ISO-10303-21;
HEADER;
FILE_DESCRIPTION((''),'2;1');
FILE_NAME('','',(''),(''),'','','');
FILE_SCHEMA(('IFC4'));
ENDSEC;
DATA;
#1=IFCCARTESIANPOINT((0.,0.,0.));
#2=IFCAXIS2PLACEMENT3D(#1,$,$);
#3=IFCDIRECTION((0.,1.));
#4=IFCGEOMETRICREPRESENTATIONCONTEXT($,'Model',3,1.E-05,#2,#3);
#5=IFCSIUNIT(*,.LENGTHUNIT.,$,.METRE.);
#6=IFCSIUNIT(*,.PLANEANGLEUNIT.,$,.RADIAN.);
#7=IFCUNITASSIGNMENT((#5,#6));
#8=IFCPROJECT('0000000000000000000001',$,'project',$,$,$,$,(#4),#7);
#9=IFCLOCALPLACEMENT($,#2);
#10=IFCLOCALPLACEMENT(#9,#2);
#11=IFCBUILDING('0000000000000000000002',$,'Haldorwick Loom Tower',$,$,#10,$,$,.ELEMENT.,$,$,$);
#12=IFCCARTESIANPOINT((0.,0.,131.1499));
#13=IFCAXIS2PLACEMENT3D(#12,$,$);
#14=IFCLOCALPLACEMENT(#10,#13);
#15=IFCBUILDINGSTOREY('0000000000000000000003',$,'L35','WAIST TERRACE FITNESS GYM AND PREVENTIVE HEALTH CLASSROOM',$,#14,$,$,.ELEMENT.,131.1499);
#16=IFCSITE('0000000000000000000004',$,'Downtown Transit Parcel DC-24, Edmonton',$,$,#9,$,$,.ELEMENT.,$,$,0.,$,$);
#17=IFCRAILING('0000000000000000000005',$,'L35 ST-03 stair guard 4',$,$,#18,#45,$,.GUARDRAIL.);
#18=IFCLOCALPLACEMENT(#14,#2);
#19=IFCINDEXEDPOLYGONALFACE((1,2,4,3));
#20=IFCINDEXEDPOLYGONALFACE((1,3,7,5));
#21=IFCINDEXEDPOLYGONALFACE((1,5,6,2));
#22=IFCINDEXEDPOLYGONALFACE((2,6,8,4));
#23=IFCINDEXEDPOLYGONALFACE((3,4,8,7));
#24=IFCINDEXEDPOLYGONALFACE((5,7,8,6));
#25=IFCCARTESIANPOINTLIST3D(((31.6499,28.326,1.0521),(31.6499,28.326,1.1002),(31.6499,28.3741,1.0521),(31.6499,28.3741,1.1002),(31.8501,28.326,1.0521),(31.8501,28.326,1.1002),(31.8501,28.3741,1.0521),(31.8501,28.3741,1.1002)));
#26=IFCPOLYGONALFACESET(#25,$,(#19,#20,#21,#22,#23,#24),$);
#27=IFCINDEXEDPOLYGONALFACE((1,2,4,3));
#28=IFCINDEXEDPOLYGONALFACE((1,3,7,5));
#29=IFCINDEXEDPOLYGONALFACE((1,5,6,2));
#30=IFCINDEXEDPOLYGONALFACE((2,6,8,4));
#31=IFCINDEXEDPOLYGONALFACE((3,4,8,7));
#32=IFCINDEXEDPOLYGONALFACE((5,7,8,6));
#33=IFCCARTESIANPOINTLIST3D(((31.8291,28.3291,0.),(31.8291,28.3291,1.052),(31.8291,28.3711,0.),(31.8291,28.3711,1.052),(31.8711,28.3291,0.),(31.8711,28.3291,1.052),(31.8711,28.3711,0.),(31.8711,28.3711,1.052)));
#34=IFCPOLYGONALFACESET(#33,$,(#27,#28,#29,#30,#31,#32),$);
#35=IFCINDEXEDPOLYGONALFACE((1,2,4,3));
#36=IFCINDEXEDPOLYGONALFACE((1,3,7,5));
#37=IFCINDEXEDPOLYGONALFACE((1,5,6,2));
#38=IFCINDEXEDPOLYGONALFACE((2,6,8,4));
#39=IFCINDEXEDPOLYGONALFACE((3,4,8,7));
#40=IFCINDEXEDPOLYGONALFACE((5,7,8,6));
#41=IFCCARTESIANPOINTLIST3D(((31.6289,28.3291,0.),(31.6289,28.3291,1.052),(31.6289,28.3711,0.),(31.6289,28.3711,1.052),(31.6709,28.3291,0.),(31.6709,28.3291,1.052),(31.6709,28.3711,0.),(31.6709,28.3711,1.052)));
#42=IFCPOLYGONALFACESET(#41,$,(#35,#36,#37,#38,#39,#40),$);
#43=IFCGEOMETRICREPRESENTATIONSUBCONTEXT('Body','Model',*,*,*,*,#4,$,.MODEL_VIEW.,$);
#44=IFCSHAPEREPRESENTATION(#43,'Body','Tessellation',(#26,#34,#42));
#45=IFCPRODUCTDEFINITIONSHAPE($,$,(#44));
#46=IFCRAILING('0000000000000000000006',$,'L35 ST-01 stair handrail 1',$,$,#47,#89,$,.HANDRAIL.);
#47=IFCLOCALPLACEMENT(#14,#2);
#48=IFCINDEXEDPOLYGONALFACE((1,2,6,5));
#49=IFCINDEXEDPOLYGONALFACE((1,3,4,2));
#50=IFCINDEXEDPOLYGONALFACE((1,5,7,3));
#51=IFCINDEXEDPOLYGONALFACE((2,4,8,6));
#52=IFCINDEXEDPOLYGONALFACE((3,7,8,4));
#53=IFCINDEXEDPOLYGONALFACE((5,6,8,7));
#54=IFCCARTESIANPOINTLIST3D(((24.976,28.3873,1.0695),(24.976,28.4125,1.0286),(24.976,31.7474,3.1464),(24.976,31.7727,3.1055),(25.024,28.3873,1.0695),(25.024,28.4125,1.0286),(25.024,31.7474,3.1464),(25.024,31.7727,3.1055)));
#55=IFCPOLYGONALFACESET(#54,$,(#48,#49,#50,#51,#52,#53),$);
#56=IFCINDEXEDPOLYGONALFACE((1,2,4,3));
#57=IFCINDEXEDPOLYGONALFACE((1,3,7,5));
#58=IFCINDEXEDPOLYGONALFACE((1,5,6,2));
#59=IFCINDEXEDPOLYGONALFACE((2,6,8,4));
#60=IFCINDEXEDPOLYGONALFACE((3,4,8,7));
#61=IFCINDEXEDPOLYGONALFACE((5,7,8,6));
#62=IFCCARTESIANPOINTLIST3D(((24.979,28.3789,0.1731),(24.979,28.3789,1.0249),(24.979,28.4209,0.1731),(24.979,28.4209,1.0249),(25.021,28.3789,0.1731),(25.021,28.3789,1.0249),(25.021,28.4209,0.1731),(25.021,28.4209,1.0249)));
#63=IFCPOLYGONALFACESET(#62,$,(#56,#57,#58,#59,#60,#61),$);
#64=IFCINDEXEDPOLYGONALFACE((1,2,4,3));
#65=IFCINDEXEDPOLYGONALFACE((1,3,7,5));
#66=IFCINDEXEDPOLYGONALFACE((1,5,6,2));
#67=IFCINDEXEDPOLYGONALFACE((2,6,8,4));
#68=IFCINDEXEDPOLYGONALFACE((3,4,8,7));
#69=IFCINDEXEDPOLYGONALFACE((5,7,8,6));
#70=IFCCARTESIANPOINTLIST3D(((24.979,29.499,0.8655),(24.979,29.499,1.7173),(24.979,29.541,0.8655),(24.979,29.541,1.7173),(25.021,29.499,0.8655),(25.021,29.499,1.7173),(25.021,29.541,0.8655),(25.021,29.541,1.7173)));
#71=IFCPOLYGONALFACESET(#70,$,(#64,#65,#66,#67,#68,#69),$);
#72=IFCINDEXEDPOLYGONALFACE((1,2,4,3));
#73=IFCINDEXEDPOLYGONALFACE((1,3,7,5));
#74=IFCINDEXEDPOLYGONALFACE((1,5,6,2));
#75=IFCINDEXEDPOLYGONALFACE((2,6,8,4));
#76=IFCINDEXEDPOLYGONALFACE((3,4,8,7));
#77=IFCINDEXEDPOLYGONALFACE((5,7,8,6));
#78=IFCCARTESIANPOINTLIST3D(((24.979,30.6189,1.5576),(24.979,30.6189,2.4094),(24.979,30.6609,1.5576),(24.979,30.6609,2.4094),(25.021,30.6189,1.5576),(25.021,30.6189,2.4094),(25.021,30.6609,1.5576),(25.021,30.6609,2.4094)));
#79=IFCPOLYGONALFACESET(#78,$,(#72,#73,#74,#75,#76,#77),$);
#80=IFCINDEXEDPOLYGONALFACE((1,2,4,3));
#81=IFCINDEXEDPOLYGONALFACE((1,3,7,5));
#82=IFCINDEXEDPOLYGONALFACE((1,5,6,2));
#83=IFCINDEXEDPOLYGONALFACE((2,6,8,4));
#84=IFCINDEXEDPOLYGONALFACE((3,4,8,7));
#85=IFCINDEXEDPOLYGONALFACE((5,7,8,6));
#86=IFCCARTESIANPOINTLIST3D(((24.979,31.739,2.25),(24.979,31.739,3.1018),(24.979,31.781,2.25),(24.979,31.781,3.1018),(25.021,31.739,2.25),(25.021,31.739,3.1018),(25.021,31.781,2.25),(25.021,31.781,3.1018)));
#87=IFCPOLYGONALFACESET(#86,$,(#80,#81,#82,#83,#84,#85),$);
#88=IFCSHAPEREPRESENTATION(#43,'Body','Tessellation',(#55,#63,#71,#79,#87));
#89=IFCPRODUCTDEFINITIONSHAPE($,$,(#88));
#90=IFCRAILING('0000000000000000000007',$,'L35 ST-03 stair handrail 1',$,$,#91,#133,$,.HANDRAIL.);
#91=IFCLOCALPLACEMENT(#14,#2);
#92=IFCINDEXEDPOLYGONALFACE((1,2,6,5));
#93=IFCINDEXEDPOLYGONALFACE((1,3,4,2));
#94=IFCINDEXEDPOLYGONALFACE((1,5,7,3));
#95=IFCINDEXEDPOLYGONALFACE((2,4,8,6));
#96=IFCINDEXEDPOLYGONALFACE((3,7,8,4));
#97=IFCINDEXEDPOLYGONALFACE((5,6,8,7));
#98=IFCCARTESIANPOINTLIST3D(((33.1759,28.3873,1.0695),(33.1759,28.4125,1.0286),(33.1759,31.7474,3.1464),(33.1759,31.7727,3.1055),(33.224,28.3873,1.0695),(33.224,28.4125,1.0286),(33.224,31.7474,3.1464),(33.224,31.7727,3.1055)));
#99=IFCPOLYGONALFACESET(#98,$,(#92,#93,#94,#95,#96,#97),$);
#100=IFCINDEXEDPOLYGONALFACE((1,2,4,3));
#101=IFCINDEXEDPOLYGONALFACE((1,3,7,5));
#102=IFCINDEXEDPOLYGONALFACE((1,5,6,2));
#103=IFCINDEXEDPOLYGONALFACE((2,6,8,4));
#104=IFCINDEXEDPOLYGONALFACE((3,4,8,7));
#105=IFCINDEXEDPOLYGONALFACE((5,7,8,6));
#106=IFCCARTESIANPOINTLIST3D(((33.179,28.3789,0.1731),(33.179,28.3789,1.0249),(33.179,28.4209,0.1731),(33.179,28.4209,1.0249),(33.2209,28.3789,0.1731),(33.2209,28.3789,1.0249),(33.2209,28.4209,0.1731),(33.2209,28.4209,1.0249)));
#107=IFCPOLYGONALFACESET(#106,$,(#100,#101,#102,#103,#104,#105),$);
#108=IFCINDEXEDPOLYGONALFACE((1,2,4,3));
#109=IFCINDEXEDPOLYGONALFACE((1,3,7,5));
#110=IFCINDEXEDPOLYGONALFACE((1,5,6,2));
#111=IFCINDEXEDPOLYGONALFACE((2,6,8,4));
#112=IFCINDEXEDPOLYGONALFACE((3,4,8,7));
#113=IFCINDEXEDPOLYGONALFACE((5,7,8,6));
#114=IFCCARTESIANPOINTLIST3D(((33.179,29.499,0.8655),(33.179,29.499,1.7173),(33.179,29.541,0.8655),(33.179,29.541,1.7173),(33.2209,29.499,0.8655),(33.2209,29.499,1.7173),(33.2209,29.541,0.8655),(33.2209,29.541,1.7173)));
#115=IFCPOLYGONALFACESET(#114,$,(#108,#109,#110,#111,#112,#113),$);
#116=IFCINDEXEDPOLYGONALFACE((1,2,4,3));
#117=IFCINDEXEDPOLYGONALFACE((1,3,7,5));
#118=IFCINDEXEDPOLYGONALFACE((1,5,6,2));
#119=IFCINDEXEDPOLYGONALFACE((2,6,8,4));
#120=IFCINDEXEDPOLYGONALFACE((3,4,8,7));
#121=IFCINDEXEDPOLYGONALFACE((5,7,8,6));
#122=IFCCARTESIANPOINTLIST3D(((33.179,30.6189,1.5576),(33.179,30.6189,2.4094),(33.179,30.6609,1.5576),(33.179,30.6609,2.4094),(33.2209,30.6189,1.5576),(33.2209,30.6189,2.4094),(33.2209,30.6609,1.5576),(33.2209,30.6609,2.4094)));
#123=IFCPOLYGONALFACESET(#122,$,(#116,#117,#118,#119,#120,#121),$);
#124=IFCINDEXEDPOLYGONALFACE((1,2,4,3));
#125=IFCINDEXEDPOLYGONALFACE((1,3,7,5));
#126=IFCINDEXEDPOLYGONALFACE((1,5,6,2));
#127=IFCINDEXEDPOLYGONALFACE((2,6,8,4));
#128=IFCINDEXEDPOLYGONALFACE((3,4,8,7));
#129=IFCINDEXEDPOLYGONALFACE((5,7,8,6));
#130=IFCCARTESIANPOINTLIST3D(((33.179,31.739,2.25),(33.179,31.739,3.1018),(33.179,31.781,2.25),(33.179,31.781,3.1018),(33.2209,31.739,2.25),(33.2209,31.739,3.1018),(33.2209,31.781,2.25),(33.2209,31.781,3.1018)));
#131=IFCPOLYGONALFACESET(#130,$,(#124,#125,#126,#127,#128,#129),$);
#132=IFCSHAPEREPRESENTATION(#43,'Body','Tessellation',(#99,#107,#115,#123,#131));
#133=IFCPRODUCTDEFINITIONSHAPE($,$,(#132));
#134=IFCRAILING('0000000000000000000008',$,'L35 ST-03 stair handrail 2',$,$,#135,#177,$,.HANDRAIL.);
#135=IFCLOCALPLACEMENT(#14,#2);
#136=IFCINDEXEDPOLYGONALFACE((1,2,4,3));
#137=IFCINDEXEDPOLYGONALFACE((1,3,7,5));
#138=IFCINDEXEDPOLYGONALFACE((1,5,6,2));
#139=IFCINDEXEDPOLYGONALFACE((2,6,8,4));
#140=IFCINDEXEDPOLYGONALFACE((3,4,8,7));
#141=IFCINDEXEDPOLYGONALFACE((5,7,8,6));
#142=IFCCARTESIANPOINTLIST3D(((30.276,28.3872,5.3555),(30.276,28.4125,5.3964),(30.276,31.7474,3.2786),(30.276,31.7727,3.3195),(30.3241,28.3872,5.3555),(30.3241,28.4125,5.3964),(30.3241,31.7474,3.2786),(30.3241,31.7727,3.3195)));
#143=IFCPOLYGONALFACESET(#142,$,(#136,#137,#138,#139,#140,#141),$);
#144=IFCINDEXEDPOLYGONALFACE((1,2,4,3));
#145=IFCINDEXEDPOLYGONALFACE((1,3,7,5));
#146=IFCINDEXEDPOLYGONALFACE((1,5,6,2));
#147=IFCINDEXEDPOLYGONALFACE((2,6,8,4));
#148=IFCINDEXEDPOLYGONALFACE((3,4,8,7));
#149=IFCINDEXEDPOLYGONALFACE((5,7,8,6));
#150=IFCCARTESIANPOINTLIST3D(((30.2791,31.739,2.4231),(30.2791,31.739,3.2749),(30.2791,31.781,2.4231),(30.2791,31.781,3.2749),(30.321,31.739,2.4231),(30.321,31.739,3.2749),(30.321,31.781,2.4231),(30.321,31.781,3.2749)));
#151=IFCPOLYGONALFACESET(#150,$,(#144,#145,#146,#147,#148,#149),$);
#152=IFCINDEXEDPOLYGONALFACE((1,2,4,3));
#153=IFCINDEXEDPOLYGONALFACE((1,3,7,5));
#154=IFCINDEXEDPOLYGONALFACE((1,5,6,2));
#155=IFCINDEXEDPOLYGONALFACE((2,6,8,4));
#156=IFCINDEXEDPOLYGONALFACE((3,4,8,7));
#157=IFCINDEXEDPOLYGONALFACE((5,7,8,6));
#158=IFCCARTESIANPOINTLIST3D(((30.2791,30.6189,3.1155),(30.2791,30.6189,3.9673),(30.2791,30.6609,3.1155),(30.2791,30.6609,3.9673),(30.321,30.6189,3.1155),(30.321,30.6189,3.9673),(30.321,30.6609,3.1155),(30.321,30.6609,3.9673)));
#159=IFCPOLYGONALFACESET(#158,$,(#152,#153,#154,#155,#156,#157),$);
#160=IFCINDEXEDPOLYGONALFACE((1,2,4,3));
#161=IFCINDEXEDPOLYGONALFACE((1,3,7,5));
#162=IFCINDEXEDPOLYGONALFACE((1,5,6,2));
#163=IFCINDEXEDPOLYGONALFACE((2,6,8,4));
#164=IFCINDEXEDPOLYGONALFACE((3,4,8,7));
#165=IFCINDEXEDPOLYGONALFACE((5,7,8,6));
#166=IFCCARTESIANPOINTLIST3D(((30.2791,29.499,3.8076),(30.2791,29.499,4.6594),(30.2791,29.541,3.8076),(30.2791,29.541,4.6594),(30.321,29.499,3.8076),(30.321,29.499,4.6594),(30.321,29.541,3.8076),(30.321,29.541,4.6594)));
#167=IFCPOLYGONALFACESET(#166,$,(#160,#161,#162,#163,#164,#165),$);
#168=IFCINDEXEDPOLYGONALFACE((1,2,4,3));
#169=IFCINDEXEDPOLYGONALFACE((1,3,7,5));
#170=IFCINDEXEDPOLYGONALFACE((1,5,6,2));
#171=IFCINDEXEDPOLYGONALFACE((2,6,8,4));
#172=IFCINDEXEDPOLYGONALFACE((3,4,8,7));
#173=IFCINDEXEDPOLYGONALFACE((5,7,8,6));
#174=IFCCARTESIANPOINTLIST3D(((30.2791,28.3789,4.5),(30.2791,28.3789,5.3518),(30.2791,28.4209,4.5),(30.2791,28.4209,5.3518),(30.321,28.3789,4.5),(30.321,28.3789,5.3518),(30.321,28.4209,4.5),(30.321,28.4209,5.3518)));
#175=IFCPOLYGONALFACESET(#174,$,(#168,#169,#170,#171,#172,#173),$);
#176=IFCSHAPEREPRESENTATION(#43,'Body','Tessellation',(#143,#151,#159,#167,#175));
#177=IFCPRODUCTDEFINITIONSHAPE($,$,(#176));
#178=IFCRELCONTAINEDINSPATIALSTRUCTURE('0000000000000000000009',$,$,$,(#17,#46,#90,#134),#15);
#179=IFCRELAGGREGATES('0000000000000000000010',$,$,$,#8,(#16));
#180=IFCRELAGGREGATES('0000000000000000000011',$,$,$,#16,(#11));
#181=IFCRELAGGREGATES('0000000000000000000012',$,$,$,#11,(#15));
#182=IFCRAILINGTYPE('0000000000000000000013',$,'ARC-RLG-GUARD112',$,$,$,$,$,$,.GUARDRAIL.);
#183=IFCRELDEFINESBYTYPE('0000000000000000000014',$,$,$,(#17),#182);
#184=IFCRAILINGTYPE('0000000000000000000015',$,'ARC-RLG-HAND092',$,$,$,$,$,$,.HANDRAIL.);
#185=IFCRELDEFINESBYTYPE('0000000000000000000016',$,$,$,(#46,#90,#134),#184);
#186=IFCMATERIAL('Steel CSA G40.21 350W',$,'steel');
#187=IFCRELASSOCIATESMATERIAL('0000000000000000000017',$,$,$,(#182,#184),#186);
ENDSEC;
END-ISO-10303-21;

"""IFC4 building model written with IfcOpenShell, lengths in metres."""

from ifc_helpers import new_model, si_unit, direction, frame, origin, origin_2d, place, context, subcontext, project, spatial, rectangle, extrude, material, type_object, element, save


model = new_model("IFC4")

# Units and contexts
model_context = context("Model", 3, precision=1e-05, world=origin(), true_north=direction((0.0, 1.0)))
body_context = subcontext(model_context, "Body", "Model", "MODEL_VIEW")
ifc_project = project(units=[si_unit("LENGTHUNIT", "METRE"), si_unit("PLANEANGLEUNIT", "RADIAN")], contexts=[model_context])

# Site, building, storey
site_placement = place(None, origin())
site = spatial("IfcSite", under=ifc_project, at=site_placement, Name="Downtown Transit Parcel DC-24, Edmonton", CompositionType="ELEMENT", RefElevation=0.0)
building_placement = place(site_placement, origin())
building = spatial("IfcBuilding", under=site, at=building_placement, Name="Haldorwick Loom Tower", CompositionType="ELEMENT")
storey_placement = place(building_placement, frame((0.0, 0.0, 131.1499)))
storey = spatial("IfcBuildingStorey", under=building, at=storey_placement, Name="L35", Description="WAIST TERRACE FITNESS GYM AND PREVENTIVE HEALTH CLASSROOM", CompositionType="ELEMENT", Elevation=131.1499)

# Shared definitions
ifc_material_1 = material(Name="Steel CSA G40.21 350W", Category="steel")

# Railings
railing_type_1 = type_object("IfcRailingType", Name="ARC-RLG-GUARD112", PredefinedType="GUARDRAIL", material=ifc_material_1)
railing_1_placement = place(storey_placement, frame((31.8501, 28.3501, 0.0)))
element("IfcRailing", 1, at=railing_1_placement, inside=storey, type_object=railing_type_1, Name="L35 ST-03 stair guard 4", PredefinedType="GUARDRAIL", context=body_context, shape_type="SweptSolid", body=[
    extrude(rectangle(XDim=0.0481, YDim=0.0481, at=origin_2d()), frame((0.0, 0.0, 1.0762), z_axis=(-1.0, 0.0, 0.0), x_axis=(0.0, -1.0, 0.0)), (0.0, 0.0, 1.0), 0.2002),
    extrude(rectangle(XDim=0.042, YDim=0.042, at=origin_2d()), origin(), (0.0, 0.0, 1.0), 1.052),
    extrude(rectangle(XDim=0.042, YDim=0.042, at=origin_2d()), frame((-0.2002, 0.0, 0.0)), (0.0, 0.0, 1.0), 1.052),
])
railing_type_2 = type_object("IfcRailingType", Name="ARC-RLG-HAND092", PredefinedType="HANDRAIL", material=ifc_material_1)
for number, where, name in (
    (2, (25.0, 28.3999, 0.1731), "L35 ST-01 stair handrail 1"),
    (3, (33.2, 28.3999, 0.1731), "L35 ST-03 stair handrail 1"),
):
    element("IfcRailing", number, at=place(storey_placement, frame(where)), inside=storey, type_object=railing_type_2, Name=name, PredefinedType="HANDRAIL", context=body_context, shape_type="SweptSolid", body=[
        extrude(rectangle(XDim=0.0481, YDim=0.0481, at=origin_2d()), frame((0.0, 0.0, 0.876), z_axis=(0.0, 0.850623, 0.525776), x_axis=(-1.0, 0.0, 0.0)), (0.0, 0.0, 1.0), 3.9502),
        extrude(rectangle(XDim=0.042, YDim=0.042, at=origin_2d()), origin(), (0.0, 0.0, 1.0), 0.8518),
        extrude(rectangle(XDim=0.042, YDim=0.042, at=origin_2d()), frame((0.0, 1.1201, 0.6924)), (0.0, 0.0, 1.0), 0.8518),
        extrude(rectangle(XDim=0.042, YDim=0.042, at=origin_2d()), frame((0.0, 2.24, 1.3845)), (0.0, 0.0, 1.0), 0.8518),
        extrude(rectangle(XDim=0.042, YDim=0.042, at=origin_2d()), frame((0.0, 3.3601, 2.0769)), (0.0, 0.0, 1.0), 0.8518),
    ])
railing_2_placement = place(storey_placement, frame((30.3, 31.76, 2.4231)))
element("IfcRailing", 4, at=railing_2_placement, inside=storey, type_object=railing_type_2, Name="L35 ST-03 stair handrail 2", PredefinedType="HANDRAIL", context=body_context, shape_type="SweptSolid", body=[
    extrude(rectangle(XDim=0.0481, YDim=0.0481, at=origin_2d()), frame((0.0, 0.0, 0.876), z_axis=(0.0, -0.850623, 0.525776), x_axis=(1.0, 0.0, 0.0)), (0.0, 0.0, 1.0), 3.9502),
    extrude(rectangle(XDim=0.042, YDim=0.042, at=origin_2d()), origin(), (0.0, 0.0, 1.0), 0.8518),
    extrude(rectangle(XDim=0.042, YDim=0.042, at=origin_2d()), frame((0.0, -1.1201, 0.6924)), (0.0, 0.0, 1.0), 0.8518),
    extrude(rectangle(XDim=0.042, YDim=0.042, at=origin_2d()), frame((0.0, -2.24, 1.3845)), (0.0, 0.0, 1.0), 0.8518),
    extrude(rectangle(XDim=0.042, YDim=0.042, at=origin_2d()), frame((0.0, -3.3601, 2.0769)), (0.0, 0.0, 1.0), 0.8518),
])

save(model, "model.ifc")
